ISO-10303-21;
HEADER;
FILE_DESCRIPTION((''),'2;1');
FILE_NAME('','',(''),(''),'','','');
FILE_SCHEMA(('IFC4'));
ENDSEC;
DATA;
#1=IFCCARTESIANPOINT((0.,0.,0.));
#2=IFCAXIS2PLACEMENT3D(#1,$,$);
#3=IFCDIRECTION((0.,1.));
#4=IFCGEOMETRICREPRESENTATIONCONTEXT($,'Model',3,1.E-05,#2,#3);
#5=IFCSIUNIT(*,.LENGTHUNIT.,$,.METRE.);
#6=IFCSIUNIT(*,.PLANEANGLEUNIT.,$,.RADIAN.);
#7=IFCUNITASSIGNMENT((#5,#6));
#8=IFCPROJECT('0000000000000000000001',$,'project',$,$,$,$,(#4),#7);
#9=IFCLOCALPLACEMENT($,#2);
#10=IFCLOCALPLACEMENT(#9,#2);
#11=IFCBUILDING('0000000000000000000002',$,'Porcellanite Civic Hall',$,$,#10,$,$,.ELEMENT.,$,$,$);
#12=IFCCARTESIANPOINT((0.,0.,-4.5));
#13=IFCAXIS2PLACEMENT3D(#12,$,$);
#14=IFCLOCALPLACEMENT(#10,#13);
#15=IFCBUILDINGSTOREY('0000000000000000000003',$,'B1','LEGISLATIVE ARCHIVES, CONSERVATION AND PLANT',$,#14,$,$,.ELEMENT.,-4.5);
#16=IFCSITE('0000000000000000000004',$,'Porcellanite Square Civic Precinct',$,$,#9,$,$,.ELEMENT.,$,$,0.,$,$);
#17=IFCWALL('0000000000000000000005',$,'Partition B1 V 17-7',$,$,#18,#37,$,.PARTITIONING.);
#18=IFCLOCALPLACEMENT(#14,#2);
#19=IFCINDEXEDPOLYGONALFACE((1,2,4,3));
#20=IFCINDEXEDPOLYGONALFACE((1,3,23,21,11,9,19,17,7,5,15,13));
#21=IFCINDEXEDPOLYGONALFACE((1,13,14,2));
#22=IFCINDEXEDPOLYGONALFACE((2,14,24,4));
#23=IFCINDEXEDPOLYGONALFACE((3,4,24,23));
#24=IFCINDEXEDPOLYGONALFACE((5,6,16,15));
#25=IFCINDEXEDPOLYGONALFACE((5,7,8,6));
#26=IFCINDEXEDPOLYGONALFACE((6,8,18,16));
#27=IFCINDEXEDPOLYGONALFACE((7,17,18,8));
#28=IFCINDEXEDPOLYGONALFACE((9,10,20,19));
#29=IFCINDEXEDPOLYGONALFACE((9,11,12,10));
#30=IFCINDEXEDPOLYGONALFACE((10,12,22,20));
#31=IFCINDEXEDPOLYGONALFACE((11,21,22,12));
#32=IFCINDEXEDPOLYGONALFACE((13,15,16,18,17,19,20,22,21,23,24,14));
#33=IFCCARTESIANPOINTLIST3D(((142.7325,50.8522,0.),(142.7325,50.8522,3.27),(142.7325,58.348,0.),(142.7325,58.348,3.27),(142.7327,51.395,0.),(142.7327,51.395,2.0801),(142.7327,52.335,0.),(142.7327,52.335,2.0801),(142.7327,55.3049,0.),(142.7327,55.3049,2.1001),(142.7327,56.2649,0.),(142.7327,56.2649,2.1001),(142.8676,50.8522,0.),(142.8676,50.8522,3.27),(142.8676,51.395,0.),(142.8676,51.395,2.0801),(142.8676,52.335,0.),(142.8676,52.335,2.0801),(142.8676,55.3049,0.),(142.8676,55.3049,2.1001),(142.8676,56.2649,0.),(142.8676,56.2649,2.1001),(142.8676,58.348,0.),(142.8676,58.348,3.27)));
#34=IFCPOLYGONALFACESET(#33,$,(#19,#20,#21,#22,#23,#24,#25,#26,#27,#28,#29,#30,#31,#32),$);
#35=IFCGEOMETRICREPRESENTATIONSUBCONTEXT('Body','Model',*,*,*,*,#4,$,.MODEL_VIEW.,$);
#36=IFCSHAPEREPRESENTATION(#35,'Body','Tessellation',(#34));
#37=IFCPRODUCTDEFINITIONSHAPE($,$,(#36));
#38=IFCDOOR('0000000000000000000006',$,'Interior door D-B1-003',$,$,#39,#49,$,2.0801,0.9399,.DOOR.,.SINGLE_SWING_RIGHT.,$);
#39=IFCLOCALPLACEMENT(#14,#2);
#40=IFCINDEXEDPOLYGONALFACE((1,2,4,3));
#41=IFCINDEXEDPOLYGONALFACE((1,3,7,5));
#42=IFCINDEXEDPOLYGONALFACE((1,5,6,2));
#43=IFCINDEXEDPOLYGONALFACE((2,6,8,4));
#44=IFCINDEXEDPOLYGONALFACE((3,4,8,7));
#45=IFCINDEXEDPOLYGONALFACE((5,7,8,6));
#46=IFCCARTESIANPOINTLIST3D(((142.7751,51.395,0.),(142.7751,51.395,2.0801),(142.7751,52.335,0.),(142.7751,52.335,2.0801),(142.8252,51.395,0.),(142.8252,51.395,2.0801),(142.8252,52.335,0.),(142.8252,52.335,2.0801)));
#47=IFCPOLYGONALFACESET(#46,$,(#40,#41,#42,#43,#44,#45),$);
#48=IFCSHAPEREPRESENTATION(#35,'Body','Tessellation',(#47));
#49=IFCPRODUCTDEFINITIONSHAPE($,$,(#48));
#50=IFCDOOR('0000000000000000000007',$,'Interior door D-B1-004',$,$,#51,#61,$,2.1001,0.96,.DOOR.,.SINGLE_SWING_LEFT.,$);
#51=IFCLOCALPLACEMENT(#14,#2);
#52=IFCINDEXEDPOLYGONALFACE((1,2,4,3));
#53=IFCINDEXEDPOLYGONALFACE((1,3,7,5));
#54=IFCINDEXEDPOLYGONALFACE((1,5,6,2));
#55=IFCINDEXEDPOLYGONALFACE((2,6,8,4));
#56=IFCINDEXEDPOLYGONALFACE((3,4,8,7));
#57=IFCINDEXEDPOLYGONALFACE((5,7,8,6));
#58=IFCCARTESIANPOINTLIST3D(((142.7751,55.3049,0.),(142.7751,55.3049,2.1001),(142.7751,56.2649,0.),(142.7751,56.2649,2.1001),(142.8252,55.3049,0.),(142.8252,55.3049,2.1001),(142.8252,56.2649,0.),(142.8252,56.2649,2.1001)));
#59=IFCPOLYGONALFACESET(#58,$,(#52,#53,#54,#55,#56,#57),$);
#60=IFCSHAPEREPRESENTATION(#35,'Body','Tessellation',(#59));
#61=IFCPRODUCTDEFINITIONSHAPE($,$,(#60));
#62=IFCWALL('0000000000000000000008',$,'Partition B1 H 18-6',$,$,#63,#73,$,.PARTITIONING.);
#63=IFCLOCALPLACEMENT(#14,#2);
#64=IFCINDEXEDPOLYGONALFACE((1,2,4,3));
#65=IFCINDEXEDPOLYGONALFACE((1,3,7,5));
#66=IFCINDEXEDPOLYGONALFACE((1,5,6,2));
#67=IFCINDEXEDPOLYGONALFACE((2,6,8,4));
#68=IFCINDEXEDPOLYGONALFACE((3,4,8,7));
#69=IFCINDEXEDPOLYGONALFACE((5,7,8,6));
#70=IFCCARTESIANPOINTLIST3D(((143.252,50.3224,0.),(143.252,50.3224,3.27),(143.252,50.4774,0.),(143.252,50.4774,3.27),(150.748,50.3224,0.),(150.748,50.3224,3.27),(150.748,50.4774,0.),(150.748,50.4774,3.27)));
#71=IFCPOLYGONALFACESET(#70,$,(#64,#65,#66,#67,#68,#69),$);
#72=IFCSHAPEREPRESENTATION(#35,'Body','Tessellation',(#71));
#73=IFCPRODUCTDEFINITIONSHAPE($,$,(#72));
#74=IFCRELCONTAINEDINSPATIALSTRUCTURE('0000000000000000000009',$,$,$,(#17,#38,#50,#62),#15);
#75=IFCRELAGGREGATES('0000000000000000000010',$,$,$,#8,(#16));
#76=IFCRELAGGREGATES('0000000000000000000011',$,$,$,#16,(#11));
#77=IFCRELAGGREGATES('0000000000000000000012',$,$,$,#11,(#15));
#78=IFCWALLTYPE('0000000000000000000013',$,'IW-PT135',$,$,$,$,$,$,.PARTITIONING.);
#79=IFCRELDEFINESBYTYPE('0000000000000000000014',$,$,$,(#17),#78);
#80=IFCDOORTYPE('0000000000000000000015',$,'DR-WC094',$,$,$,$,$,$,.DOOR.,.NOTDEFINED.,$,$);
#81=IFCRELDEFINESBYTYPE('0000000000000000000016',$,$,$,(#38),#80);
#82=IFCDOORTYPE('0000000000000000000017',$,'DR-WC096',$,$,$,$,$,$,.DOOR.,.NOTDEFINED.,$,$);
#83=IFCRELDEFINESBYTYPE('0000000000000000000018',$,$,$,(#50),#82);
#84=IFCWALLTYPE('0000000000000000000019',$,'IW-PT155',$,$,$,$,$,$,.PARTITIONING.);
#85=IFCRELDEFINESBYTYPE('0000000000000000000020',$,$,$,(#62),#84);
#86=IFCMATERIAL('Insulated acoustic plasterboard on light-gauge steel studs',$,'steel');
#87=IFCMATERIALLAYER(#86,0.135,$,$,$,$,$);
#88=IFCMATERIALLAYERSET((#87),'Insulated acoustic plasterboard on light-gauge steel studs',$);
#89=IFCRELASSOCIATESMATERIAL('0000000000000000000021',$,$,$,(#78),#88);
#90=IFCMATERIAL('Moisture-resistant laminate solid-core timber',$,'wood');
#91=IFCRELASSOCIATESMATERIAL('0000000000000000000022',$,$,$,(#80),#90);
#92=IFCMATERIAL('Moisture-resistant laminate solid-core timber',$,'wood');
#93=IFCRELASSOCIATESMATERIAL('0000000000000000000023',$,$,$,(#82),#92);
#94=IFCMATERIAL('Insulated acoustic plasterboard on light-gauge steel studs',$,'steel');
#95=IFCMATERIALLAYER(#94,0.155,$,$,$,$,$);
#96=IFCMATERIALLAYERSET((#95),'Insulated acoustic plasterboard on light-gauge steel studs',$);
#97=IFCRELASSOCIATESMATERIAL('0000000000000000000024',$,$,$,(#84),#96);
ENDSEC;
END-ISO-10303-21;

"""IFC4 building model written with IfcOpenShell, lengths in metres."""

from ifc_helpers import new_model, si_unit, direction, frame, frame_2d, origin, place, context, subcontext, project, spatial, rectangle, extrude, material, layer, layer_set, type_object, element, fill, save


model = new_model("IFC4")

# Units and contexts
model_context = context("Model", 3, precision=1e-05, world=origin(), true_north=direction((0.0, 1.0)))
body_context = subcontext(model_context, "Body", "Model", "MODEL_VIEW")
ifc_project = project(units=[si_unit("LENGTHUNIT", "METRE"), si_unit("PLANEANGLEUNIT", "RADIAN")], contexts=[model_context])

# Site, building, storey
site_placement = place(None, origin())
site = spatial("IfcSite", under=ifc_project, at=site_placement, Name="Porcellanite Square Civic Precinct", CompositionType="ELEMENT", RefElevation=0.0)
building_placement = place(site_placement, origin())
building = spatial("IfcBuilding", under=site, at=building_placement, Name="Porcellanite Civic Hall", CompositionType="ELEMENT")
storey_placement = place(building_placement, frame((0.0, 0.0, -4.5)))
storey = spatial("IfcBuildingStorey", under=building, at=storey_placement, Name="B1", Description="LEGISLATIVE ARCHIVES, CONSERVATION AND PLANT", CompositionType="ELEMENT", Elevation=-4.5)

# Wall, openings, doors
ifc_material_1 = material(Name="Insulated acoustic plasterboard on light-gauge steel studs", Category="steel")
ifc_layer_1 = layer(ifc_material_1, 0.135)
ifc_layer_set_1 = layer_set([ifc_layer_1], Name="Insulated acoustic plasterboard on light-gauge steel studs")
wall_type_1 = type_object("IfcWallType", Name="IW-PT135", PredefinedType="PARTITIONING", material=ifc_layer_set_1)
wall_1_placement = place(storey_placement, frame((142.8, 50.8521, 0.0), z_axis=(0.0, 0.0, 1.0), x_axis=(0.0, 1.0, 0.0)))
wall_1 = element("IfcWall", 1, at=wall_1_placement, inside=storey, type_object=wall_type_1, Name="Partition B1 V 17-7", PredefinedType="PARTITIONING", context=body_context, shape_type="SweptSolid", body=[
    extrude(rectangle(XDim=7.4958, YDim=0.135, at=frame_2d((3.748, 0.0))), origin(), (0.0, 0.0, 1.0), 3.27),
])
opening_1_placement = place(wall_1_placement, frame((0.543, 0.0, 0.0)))
opening_1 = element("IfcOpeningElement", 2, at=opening_1_placement, cuts=wall_1, PredefinedType="OPENING", context=body_context, shape_type="SweptSolid", body=[
    extrude(rectangle(XDim=0.9399, YDim=2.0801, at=frame_2d((0.47, 1.04))), frame((0.0, 0.0674, 0.0), z_axis=(0.0, -1.0, 0.0), x_axis=(1.0, 0.0, 0.0)), (0.0, 0.0, 1.0), 0.135),
])
opening_2_placement = place(wall_1_placement, frame((4.4529, 0.0, 0.0)))
opening_2 = element("IfcOpeningElement", 3, at=opening_2_placement, cuts=wall_1, PredefinedType="OPENING", context=body_context, shape_type="SweptSolid", body=[
    extrude(rectangle(XDim=0.96, YDim=2.1001, at=frame_2d((0.48, 1.05))), frame((0.0, 0.0674, 0.0), z_axis=(0.0, -1.0, 0.0), x_axis=(1.0, 0.0, 0.0)), (0.0, 0.0, 1.0), 0.135),
])
ifc_material_2 = material(Name="Moisture-resistant laminate solid-core timber", Category="wood")
door_type_1 = type_object("IfcDoorType", Name="DR-WC094", OperationType="NOTDEFINED", PredefinedType="DOOR", material=ifc_material_2)
door_1_placement = place(opening_1_placement, origin())
door_1 = element("IfcDoor", 4, at=door_1_placement, inside=storey, type_object=door_type_1, Name="Interior door D-B1-003", OperationType="SINGLE_SWING_RIGHT", OverallHeight=2.0801, OverallWidth=0.9399, PredefinedType="DOOR", context=body_context, shape_type="SweptSolid", body=[
    extrude(rectangle(XDim=0.9399, YDim=2.0801, at=frame_2d((0.47, 1.04))), frame((0.0, 0.0249, 0.0), z_axis=(0.0, -1.0, 0.0), x_axis=(1.0, 0.0, 0.0)), (0.0, 0.0, 1.0), 0.05),
])
fill(opening_1, door_1)
ifc_material_3 = material(Name="Moisture-resistant laminate solid-core timber", Category="wood")
door_type_2 = type_object("IfcDoorType", Name="DR-WC096", OperationType="NOTDEFINED", PredefinedType="DOOR", material=ifc_material_3)
door_2_placement = place(opening_2_placement, origin())
door_2 = element("IfcDoor", 5, at=door_2_placement, inside=storey, type_object=door_type_2, Name="Interior door D-B1-004", OperationType="SINGLE_SWING_LEFT", OverallHeight=2.1001, OverallWidth=0.96, PredefinedType="DOOR", context=body_context, shape_type="SweptSolid", body=[
    extrude(rectangle(XDim=0.96, YDim=2.1001, at=frame_2d((0.48, 1.05))), frame((0.0, 0.0249, 0.0), z_axis=(0.0, -1.0, 0.0), x_axis=(1.0, 0.0, 0.0)), (0.0, 0.0, 1.0), 0.05),
])
fill(opening_2, door_2)

# Wall
ifc_material_4 = material(Name="Insulated acoustic plasterboard on light-gauge steel studs", Category="steel")
ifc_layer_2 = layer(ifc_material_4, 0.155)
ifc_layer_set_2 = layer_set([ifc_layer_2], Name="Insulated acoustic plasterboard on light-gauge steel studs")
wall_type_2 = type_object("IfcWallType", Name="IW-PT155", PredefinedType="PARTITIONING", material=ifc_layer_set_2)
wall_2_placement = place(storey_placement, frame((143.252, 50.3999, 0.0), z_axis=(0.0, 0.0, 1.0), x_axis=(1.0, 0.0, 0.0)))
element("IfcWall", 6, at=wall_2_placement, inside=storey, type_object=wall_type_2, Name="Partition B1 H 18-6", PredefinedType="PARTITIONING", context=body_context, shape_type="SweptSolid", body=[
    extrude(rectangle(XDim=7.4961, YDim=0.155, at=frame_2d((3.748, 0.0))), origin(), (0.0, 0.0, 1.0), 3.27),
])

save(model, "model.ifc")
